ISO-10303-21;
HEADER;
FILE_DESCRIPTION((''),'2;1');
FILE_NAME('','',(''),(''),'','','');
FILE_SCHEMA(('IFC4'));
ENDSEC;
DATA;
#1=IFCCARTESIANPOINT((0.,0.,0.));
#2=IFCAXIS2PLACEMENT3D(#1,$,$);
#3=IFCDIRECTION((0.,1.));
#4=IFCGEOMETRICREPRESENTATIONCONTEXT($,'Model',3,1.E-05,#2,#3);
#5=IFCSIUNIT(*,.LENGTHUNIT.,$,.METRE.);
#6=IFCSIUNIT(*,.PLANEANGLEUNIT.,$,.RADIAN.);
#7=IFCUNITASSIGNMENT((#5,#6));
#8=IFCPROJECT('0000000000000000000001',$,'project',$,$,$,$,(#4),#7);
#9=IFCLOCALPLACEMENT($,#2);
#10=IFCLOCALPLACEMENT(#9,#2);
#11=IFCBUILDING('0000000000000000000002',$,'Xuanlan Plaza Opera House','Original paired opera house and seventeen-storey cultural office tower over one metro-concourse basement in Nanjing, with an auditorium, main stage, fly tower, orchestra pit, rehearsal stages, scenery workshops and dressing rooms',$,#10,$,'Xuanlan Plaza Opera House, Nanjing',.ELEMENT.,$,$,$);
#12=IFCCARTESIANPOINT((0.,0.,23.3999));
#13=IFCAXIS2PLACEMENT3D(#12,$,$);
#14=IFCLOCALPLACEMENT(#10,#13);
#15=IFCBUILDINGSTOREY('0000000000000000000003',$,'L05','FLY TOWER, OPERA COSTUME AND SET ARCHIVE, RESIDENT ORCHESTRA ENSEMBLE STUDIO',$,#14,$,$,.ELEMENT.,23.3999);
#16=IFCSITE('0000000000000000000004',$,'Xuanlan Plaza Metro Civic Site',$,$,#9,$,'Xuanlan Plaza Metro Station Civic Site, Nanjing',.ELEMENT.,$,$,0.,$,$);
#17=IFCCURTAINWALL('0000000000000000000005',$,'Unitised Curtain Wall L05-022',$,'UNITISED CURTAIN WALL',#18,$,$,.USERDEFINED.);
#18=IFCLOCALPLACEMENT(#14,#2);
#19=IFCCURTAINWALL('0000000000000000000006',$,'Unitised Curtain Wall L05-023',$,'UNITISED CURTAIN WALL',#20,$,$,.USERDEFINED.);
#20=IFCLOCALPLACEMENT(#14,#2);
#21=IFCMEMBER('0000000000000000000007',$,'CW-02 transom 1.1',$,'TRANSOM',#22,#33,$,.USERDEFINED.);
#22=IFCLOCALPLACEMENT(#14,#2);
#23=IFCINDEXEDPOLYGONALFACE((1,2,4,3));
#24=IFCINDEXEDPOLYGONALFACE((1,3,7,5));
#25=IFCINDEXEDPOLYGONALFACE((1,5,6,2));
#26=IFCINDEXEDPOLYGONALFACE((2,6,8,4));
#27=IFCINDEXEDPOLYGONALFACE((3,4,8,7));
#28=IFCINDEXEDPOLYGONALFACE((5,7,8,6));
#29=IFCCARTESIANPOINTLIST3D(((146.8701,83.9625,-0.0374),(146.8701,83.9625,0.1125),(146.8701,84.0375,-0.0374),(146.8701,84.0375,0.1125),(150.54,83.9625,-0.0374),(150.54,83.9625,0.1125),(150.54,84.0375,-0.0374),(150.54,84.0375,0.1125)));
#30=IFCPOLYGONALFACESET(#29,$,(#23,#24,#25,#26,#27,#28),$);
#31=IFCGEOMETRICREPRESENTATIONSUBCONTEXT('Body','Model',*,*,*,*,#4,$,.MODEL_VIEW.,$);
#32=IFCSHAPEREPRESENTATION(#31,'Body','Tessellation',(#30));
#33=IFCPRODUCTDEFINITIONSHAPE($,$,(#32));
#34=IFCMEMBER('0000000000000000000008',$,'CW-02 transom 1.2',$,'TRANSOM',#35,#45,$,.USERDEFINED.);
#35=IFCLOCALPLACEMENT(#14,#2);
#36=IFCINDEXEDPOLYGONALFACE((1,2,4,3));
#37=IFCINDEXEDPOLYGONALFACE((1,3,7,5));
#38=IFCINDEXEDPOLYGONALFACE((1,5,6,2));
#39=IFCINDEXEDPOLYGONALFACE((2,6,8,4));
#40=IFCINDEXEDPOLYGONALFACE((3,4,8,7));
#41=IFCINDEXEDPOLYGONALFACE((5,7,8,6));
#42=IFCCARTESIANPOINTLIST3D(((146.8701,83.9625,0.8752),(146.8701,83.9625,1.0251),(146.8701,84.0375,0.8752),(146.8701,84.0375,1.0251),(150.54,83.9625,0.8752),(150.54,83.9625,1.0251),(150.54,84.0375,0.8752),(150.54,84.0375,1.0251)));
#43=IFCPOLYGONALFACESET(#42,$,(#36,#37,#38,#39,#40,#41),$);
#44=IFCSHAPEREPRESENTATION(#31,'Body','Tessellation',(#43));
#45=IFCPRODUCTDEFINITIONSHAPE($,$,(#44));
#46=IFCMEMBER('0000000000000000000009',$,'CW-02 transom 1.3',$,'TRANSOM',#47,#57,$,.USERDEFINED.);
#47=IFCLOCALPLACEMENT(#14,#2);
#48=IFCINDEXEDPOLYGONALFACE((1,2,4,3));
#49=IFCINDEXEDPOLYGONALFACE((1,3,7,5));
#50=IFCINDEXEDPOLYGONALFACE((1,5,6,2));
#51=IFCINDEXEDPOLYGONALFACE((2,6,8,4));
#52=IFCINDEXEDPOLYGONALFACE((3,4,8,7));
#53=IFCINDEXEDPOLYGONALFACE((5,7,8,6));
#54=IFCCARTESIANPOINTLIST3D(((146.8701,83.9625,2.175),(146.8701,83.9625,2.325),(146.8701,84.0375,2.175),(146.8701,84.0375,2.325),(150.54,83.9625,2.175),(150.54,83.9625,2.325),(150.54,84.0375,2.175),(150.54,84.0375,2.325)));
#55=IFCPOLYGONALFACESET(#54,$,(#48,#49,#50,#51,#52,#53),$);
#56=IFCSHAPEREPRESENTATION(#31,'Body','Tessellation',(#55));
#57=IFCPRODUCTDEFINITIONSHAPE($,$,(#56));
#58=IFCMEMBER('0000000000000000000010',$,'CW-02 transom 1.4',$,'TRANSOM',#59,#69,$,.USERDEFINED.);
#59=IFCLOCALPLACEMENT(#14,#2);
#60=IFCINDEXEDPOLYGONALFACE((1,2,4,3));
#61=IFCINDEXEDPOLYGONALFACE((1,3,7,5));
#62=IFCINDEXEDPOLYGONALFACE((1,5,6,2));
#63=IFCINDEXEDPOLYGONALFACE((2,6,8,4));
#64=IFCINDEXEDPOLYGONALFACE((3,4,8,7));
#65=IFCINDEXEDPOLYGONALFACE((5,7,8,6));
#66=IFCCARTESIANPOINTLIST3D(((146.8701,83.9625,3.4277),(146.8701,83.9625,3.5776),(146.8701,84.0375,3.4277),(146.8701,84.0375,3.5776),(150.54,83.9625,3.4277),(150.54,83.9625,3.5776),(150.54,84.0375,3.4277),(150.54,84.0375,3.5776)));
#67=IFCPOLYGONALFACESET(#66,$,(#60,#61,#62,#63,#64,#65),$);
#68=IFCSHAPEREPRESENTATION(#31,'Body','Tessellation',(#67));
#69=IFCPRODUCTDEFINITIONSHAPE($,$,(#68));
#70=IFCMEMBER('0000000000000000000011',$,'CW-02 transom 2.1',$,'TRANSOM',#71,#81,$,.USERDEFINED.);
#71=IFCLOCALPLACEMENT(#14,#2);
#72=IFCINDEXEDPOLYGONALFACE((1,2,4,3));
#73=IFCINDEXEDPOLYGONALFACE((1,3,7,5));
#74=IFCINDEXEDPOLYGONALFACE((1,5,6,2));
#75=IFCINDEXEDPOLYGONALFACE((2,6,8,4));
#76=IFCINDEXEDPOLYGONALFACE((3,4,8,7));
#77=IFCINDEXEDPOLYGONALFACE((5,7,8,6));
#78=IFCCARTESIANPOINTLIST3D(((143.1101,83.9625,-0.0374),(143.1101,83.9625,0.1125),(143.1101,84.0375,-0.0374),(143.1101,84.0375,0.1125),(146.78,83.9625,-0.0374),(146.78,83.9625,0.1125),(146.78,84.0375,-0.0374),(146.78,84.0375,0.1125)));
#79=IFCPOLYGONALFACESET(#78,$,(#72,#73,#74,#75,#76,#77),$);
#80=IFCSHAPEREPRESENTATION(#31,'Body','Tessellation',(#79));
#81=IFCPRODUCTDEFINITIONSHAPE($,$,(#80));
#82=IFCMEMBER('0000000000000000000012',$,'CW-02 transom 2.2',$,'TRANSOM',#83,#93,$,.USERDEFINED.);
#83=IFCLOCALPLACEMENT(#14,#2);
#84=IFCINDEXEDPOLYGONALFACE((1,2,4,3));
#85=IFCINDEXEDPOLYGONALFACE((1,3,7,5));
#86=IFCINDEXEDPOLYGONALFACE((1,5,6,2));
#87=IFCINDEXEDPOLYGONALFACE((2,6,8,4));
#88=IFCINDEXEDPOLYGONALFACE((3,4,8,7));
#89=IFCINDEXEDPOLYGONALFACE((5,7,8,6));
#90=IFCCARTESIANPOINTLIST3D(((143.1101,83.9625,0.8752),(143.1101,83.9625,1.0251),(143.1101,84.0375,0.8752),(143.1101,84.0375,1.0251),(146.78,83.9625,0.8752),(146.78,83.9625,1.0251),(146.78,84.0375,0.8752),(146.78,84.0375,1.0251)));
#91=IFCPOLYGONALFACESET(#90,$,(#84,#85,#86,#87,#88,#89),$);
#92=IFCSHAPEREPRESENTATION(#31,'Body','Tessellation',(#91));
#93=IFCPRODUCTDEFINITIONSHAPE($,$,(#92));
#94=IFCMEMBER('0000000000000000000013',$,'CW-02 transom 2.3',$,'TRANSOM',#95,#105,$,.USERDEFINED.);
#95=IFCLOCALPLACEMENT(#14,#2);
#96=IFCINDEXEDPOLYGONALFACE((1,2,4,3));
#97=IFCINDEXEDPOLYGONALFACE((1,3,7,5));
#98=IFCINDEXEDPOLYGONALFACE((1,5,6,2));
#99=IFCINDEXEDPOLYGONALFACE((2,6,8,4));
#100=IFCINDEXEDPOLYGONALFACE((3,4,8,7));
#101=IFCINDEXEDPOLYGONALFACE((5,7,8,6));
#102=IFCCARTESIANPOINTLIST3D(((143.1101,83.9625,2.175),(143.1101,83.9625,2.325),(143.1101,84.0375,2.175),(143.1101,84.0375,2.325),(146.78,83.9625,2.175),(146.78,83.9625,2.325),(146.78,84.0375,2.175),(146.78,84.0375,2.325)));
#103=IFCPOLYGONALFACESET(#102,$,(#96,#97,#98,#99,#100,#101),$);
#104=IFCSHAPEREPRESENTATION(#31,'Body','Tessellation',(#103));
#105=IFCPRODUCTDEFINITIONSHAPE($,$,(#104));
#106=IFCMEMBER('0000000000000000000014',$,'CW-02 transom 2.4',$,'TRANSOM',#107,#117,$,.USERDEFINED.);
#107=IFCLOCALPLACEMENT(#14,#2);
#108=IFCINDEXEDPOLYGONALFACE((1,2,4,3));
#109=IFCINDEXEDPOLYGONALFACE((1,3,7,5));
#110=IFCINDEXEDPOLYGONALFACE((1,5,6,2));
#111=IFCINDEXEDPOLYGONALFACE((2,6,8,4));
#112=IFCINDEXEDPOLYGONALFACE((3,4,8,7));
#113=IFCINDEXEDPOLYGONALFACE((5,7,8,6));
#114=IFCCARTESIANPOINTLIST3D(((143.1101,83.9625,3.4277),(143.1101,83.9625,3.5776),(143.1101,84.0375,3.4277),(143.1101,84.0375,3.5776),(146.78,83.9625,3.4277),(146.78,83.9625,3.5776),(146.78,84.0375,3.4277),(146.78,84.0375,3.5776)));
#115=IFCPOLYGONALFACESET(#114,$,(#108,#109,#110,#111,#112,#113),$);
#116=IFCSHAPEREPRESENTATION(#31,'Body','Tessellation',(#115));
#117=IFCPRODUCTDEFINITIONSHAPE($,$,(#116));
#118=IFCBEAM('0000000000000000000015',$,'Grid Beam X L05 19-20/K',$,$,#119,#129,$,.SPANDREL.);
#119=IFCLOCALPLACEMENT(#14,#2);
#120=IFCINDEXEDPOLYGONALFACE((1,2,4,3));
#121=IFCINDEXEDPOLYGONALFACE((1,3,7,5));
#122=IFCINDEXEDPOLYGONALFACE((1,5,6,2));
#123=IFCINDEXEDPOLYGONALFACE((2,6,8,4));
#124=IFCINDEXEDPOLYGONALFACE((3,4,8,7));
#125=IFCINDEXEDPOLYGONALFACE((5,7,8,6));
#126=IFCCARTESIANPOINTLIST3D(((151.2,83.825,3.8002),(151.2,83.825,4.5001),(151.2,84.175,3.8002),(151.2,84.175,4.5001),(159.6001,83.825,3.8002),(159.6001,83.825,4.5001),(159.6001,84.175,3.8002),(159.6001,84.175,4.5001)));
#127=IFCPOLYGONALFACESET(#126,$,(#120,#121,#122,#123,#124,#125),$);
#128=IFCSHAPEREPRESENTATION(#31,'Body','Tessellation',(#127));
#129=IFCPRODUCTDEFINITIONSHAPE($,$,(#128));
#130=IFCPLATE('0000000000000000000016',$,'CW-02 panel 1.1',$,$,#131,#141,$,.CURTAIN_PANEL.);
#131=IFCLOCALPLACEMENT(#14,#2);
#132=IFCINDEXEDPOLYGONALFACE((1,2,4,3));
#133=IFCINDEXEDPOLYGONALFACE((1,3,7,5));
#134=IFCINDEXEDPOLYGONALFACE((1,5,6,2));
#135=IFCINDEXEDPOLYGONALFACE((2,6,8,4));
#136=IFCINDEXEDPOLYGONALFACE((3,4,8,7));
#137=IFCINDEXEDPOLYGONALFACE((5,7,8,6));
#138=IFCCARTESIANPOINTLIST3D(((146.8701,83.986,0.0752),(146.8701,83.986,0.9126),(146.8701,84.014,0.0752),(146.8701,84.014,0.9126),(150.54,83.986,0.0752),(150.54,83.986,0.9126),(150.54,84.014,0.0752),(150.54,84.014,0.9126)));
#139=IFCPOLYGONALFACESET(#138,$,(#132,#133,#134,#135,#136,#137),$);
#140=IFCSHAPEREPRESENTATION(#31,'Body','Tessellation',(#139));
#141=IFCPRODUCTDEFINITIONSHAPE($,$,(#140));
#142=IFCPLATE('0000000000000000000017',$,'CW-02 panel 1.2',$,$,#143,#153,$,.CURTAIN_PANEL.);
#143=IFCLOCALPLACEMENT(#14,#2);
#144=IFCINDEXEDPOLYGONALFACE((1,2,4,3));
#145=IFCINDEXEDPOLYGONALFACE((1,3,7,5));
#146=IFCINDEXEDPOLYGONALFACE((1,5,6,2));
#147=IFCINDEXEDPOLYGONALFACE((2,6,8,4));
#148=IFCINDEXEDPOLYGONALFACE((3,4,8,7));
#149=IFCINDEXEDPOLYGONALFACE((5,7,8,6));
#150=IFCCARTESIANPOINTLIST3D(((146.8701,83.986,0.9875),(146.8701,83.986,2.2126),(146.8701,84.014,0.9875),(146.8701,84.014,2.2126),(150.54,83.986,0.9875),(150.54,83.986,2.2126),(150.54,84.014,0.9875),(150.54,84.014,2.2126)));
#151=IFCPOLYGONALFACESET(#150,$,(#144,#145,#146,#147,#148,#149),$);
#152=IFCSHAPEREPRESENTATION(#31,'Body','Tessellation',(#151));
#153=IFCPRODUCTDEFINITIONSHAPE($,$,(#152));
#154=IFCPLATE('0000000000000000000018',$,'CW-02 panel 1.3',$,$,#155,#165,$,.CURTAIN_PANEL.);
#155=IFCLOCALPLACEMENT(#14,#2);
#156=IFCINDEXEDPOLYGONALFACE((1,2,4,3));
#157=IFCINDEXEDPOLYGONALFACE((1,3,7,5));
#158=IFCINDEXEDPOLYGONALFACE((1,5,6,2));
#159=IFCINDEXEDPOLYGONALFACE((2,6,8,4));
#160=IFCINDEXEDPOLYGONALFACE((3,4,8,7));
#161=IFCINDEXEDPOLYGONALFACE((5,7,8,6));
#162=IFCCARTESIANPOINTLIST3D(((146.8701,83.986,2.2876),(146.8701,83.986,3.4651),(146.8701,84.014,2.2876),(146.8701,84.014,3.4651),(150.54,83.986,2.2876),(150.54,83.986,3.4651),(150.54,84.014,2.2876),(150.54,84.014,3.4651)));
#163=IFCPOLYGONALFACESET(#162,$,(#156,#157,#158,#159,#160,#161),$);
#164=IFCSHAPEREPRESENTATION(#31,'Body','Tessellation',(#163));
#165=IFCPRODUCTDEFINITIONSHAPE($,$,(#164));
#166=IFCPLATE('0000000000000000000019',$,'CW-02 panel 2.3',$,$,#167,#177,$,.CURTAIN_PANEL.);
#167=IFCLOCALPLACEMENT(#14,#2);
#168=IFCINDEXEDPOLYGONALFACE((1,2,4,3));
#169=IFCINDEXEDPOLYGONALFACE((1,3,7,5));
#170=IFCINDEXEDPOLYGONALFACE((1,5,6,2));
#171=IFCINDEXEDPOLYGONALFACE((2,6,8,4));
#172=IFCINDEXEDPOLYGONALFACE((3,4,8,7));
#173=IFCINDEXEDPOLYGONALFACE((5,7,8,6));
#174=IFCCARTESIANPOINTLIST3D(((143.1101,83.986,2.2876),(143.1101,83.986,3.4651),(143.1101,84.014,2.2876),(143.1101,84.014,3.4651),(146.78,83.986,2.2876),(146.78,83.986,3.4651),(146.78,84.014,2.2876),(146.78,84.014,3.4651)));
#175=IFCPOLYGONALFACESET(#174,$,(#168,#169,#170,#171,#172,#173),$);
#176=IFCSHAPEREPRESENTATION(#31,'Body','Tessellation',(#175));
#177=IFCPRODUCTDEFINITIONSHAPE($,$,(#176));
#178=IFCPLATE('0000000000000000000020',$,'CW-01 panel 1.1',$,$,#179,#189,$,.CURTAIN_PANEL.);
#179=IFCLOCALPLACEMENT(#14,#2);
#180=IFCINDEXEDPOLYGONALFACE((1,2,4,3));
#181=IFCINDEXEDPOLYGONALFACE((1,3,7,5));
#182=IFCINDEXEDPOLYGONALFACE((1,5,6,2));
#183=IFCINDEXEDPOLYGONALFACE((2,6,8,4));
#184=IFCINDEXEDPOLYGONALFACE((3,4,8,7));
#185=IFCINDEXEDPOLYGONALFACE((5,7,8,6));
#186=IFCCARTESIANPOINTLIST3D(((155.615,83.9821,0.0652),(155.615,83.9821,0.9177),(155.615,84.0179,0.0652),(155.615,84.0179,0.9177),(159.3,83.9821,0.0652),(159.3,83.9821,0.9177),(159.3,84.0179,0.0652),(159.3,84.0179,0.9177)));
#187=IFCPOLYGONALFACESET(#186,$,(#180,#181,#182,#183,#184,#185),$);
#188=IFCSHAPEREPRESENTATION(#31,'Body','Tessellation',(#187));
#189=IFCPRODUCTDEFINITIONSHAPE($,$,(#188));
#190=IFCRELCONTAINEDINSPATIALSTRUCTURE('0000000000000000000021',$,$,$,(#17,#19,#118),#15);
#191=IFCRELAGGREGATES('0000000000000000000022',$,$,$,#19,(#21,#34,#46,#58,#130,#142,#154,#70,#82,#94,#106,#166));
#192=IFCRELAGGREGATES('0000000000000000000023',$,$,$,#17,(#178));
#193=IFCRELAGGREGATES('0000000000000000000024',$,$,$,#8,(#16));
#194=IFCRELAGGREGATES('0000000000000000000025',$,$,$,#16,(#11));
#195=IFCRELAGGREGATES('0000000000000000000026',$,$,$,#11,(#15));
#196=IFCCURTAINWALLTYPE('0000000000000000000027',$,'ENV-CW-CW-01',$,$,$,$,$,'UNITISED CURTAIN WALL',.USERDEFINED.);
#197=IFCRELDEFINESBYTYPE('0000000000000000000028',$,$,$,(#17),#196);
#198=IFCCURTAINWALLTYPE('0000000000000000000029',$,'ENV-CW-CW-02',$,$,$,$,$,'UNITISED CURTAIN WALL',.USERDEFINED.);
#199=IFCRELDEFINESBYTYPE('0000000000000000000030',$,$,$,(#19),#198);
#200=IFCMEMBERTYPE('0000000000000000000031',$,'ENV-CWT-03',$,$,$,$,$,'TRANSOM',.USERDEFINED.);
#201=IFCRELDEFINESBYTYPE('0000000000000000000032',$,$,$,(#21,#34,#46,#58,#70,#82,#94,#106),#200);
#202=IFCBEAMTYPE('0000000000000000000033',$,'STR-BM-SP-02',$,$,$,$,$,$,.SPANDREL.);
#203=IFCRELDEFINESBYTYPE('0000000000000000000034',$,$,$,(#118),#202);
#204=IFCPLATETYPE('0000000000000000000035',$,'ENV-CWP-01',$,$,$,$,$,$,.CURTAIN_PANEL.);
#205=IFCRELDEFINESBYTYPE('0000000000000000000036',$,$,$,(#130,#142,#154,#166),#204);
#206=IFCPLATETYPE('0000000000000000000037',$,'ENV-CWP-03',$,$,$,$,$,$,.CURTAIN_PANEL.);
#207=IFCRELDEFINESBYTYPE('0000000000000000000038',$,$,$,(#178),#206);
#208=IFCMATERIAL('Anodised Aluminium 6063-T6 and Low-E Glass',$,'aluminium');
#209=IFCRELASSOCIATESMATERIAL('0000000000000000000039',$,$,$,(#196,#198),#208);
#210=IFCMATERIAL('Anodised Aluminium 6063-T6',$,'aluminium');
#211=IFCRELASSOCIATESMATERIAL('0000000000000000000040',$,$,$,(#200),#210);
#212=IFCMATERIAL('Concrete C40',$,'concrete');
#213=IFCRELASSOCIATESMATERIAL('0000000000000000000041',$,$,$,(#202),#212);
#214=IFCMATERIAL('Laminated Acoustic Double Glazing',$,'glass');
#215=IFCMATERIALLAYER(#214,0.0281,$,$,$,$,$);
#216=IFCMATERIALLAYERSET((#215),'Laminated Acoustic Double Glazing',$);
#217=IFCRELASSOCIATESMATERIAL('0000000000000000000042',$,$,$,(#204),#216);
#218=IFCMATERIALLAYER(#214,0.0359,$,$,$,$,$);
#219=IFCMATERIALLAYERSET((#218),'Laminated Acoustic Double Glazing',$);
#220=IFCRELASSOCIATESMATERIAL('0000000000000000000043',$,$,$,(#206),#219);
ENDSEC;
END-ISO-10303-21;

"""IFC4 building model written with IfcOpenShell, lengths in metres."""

from ifc_helpers import new_model, si_unit, direction, frame, origin, origin_2d, place, context, subcontext, project, spatial, rectangle, extrude, material, layer, layer_set, material_profile, profile_set, type_object, element, aggregate, save


model = new_model("IFC4")

# Units and contexts
model_context = context("Model", 3, precision=1e-05, world=origin(), true_north=direction((0.0, 1.0)))
body_context = subcontext(model_context, "Body", "Model", "MODEL_VIEW")
ifc_project = project(units=[si_unit("LENGTHUNIT", "METRE"), si_unit("PLANEANGLEUNIT", "RADIAN")], contexts=[model_context])

# Site, building, storey
site_placement = place(None, origin())
site = spatial("IfcSite", under=ifc_project, at=site_placement, Name="Xuanlan Plaza Metro Civic Site", LongName="Xuanlan Plaza Metro Station Civic Site, Nanjing", CompositionType="ELEMENT", RefElevation=0.0)
building_placement = place(site_placement, origin())
building = spatial("IfcBuilding", under=site, at=building_placement, Name="Xuanlan Plaza Opera House", Description="Original paired opera house and seventeen-storey cultural office tower over one metro-concourse basement in Nanjing, with an auditorium, main stage, fly tower, orchestra pit, rehearsal stages, scenery workshops and dressing rooms", LongName="Xuanlan Plaza Opera House, Nanjing", CompositionType="ELEMENT")
storey_placement = place(building_placement, frame((0.0, 0.0, 23.3999)))
storey = spatial("IfcBuildingStorey", under=building, at=storey_placement, Name="L05", Description="FLY TOWER, OPERA COSTUME AND SET ARCHIVE, RESIDENT ORCHESTRA ENSEMBLE STUDIO", CompositionType="ELEMENT", Elevation=23.3999)

# Curtain walls
ifc_material_1 = material(Name="Anodised Aluminium 6063-T6 and Low-E Glass", Category="aluminium")
curtain_wall_type_1 = type_object("IfcCurtainWallType", Name="ENV-CW-CW-01", ElementType="UNITISED CURTAIN WALL", PredefinedType="USERDEFINED", material=ifc_material_1)
curtain_wall_1_placement = place(storey_placement, origin())
curtain_wall_1 = element("IfcCurtainWall", 1, at=curtain_wall_1_placement, inside=storey, type_object=curtain_wall_type_1, Name="Unitised Curtain Wall L05-022", ObjectType="UNITISED CURTAIN WALL", PredefinedType="USERDEFINED")
ifc_material_2 = material(Name="Anodised Aluminium 6063-T6", Category="aluminium")
curtain_wall_type_2 = type_object("IfcCurtainWallType", Name="ENV-CW-CW-02", ElementType="UNITISED CURTAIN WALL", PredefinedType="USERDEFINED", material=ifc_material_1)
curtain_wall_2_placement = place(storey_placement, origin())
curtain_wall_2 = element("IfcCurtainWall", 2, at=curtain_wall_2_placement, inside=storey, type_object=curtain_wall_type_2, Name="Unitised Curtain Wall L05-023", ObjectType="UNITISED CURTAIN WALL", PredefinedType="USERDEFINED")

# Members
ifc_material_profile_1 = material_profile(ifc_material_2, rectangle(XDim=0.075, YDim=0.1499, at=origin_2d()), Name="ALU-T 75x150")
ifc_profile_set_1 = profile_set([ifc_material_profile_1], Name="Anodised Aluminium 6063-T6")
member_type_1 = type_object("IfcMemberType", Name="ENV-CWT-03", ElementType="TRANSOM", PredefinedType="USERDEFINED", material=ifc_profile_set_1)
member_1_placement = place(storey_placement, frame((150.54, 84.0, 0.0376), z_axis=(-1.0, 0.0, 0.0), x_axis=(0.0, -1.0, 0.0)))
member_1 = element("IfcMember", 3, at=member_1_placement, type_object=member_type_1, Name="CW-02 transom 1.1", ObjectType="TRANSOM", PredefinedType="USERDEFINED", context=body_context, shape_type="SweptSolid", body=[
    extrude(rectangle(XDim=0.075, YDim=0.1499, at=origin_2d()), origin(), (0.0, 0.0, 1.0), 3.6699),
])
member_2_placement = place(storey_placement, frame((150.54, 84.0, 0.9502), z_axis=(-1.0, 0.0, 0.0), x_axis=(0.0, -1.0, 0.0)))
member_2 = element("IfcMember", 4, at=member_2_placement, type_object=member_type_1, Name="CW-02 transom 1.2", ObjectType="TRANSOM", PredefinedType="USERDEFINED", context=body_context, shape_type="SweptSolid", body=[
    extrude(rectangle(XDim=0.075, YDim=0.1499, at=origin_2d()), origin(), (0.0, 0.0, 1.0), 3.6699),
])
member_3_placement = place(storey_placement, frame((150.54, 84.0, 2.25), z_axis=(-1.0, 0.0, 0.0), x_axis=(0.0, -1.0, 0.0)))
member_3 = element("IfcMember", 5, at=member_3_placement, type_object=member_type_1, Name="CW-02 transom 1.3", ObjectType="TRANSOM", PredefinedType="USERDEFINED", context=body_context, shape_type="SweptSolid", body=[
    extrude(rectangle(XDim=0.075, YDim=0.1499, at=origin_2d()), origin(), (0.0, 0.0, 1.0), 3.6699),
])
member_4_placement = place(storey_placement, frame((150.54, 84.0, 3.5027), z_axis=(-1.0, 0.0, 0.0), x_axis=(0.0, -1.0, 0.0)))
member_4 = element("IfcMember", 6, at=member_4_placement, type_object=member_type_1, Name="CW-02 transom 1.4", ObjectType="TRANSOM", PredefinedType="USERDEFINED", context=body_context, shape_type="SweptSolid", body=[
    extrude(rectangle(XDim=0.075, YDim=0.1499, at=origin_2d()), origin(), (0.0, 0.0, 1.0), 3.6699),
])
member_5_placement = place(storey_placement, frame((146.78, 84.0, 0.0376), z_axis=(-1.0, 0.0, 0.0), x_axis=(0.0, -1.0, 0.0)))
member_5 = element("IfcMember", 7, at=member_5_placement, type_object=member_type_1, Name="CW-02 transom 2.1", ObjectType="TRANSOM", PredefinedType="USERDEFINED", context=body_context, shape_type="SweptSolid", body=[
    extrude(rectangle(XDim=0.075, YDim=0.1499, at=origin_2d()), origin(), (0.0, 0.0, 1.0), 3.6699),
])
member_6_placement = place(storey_placement, frame((146.78, 84.0, 0.9502), z_axis=(-1.0, 0.0, 0.0), x_axis=(0.0, -1.0, 0.0)))
member_6 = element("IfcMember", 8, at=member_6_placement, type_object=member_type_1, Name="CW-02 transom 2.2", ObjectType="TRANSOM", PredefinedType="USERDEFINED", context=body_context, shape_type="SweptSolid", body=[
    extrude(rectangle(XDim=0.075, YDim=0.1499, at=origin_2d()), origin(), (0.0, 0.0, 1.0), 3.6699),
])
member_7_placement = place(storey_placement, frame((146.78, 84.0, 2.25), z_axis=(-1.0, 0.0, 0.0), x_axis=(0.0, -1.0, 0.0)))
member_7 = element("IfcMember", 9, at=member_7_placement, type_object=member_type_1, Name="CW-02 transom 2.3", ObjectType="TRANSOM", PredefinedType="USERDEFINED", context=body_context, shape_type="SweptSolid", body=[
    extrude(rectangle(XDim=0.075, YDim=0.1499, at=origin_2d()), origin(), (0.0, 0.0, 1.0), 3.6699),
])
member_8_placement = place(storey_placement, frame((146.78, 84.0, 3.5027), z_axis=(-1.0, 0.0, 0.0), x_axis=(0.0, -1.0, 0.0)))
member_8 = element("IfcMember", 10, at=member_8_placement, type_object=member_type_1, Name="CW-02 transom 2.4", ObjectType="TRANSOM", PredefinedType="USERDEFINED", context=body_context, shape_type="SweptSolid", body=[
    extrude(rectangle(XDim=0.075, YDim=0.1499, at=origin_2d()), origin(), (0.0, 0.0, 1.0), 3.6699),
])

# Beam
ifc_material_3 = material(Name="Concrete C40", Category="concrete")
ifc_material_profile_2 = material_profile(ifc_material_3, rectangle(XDim=0.3501, YDim=0.7, at=origin_2d()), Name="RC-SPD 350x700")
ifc_profile_set_2 = profile_set([ifc_material_profile_2], Name="Concrete C40")
beam_type = type_object("IfcBeamType", Name="STR-BM-SP-02", PredefinedType="SPANDREL", material=ifc_profile_set_2)
beam_placement = place(storey_placement, frame((151.2, 84.0, 4.1501), z_axis=(1.0, 0.0, 0.0), x_axis=(0.0, 1.0, 0.0)))
element("IfcBeam", 11, at=beam_placement, inside=storey, type_object=beam_type, Name="Grid Beam X L05 19-20/K", PredefinedType="SPANDREL", context=body_context, shape_type="SweptSolid", body=[
    extrude(rectangle(XDim=0.3501, YDim=0.7, at=origin_2d()), origin(), (0.0, 0.0, 1.0), 8.4001),
])

# Plates
ifc_material_4 = material(Name="Laminated Acoustic Double Glazing", Category="glass")
ifc_layer_1 = layer(ifc_material_4, 0.0281)
ifc_layer_set_1 = layer_set([ifc_layer_1], Name="Laminated Acoustic Double Glazing")
plate_type_1 = type_object("IfcPlateType", Name="ENV-CWP-01", PredefinedType="CURTAIN_PANEL", material=ifc_layer_set_1)
plate_1_placement = place(storey_placement, frame((148.7051, 84.0, 0.0752), z_axis=(0.0, 0.0, 1.0), x_axis=(-1.0, 0.0, 0.0)))
plate_1 = element("IfcPlate", 12, at=plate_1_placement, type_object=plate_type_1, Name="CW-02 panel 1.1", PredefinedType="CURTAIN_PANEL", context=body_context, shape_type="SweptSolid", body=[
    extrude(rectangle(XDim=3.6699, YDim=0.0281, at=origin_2d()), origin(), (0.0, 0.0, 1.0), 0.8374),
])
plate_2_placement = place(storey_placement, frame((148.7051, 84.0, 0.9875), z_axis=(0.0, 0.0, 1.0), x_axis=(-1.0, 0.0, 0.0)))
plate_2 = element("IfcPlate", 13, at=plate_2_placement, type_object=plate_type_1, Name="CW-02 panel 1.2", PredefinedType="CURTAIN_PANEL", context=body_context, shape_type="SweptSolid", body=[
    extrude(rectangle(XDim=3.6699, YDim=0.0281, at=origin_2d()), origin(), (0.0, 0.0, 1.0), 1.2251),
])
plate_3_placement = place(storey_placement, frame((148.7051, 84.0, 2.2876), z_axis=(0.0, 0.0, 1.0), x_axis=(-1.0, 0.0, 0.0)))
plate_3 = element("IfcPlate", 14, at=plate_3_placement, type_object=plate_type_1, Name="CW-02 panel 1.3", PredefinedType="CURTAIN_PANEL", context=body_context, shape_type="SweptSolid", body=[
    extrude(rectangle(XDim=3.6699, YDim=0.0281, at=origin_2d()), origin(), (0.0, 0.0, 1.0), 1.1775),
])
plate_4_placement = place(storey_placement, frame((144.9451, 84.0, 2.2876), z_axis=(0.0, 0.0, 1.0), x_axis=(-1.0, 0.0, 0.0)))
plate_4 = element("IfcPlate", 15, at=plate_4_placement, type_object=plate_type_1, Name="CW-02 panel 2.3", PredefinedType="CURTAIN_PANEL", context=body_context, shape_type="SweptSolid", body=[
    extrude(rectangle(XDim=3.6699, YDim=0.0281, at=origin_2d()), origin(), (0.0, 0.0, 1.0), 1.1775),
])
aggregate(curtain_wall_2, [member_1, member_2, member_3, member_4, plate_1, plate_2, plate_3, member_5, member_6, member_7, member_8, plate_4])
ifc_layer_2 = layer(ifc_material_4, 0.0359)
ifc_layer_set_2 = layer_set([ifc_layer_2], Name="Laminated Acoustic Double Glazing")
plate_type_2 = type_object("IfcPlateType", Name="ENV-CWP-03", PredefinedType="CURTAIN_PANEL", material=ifc_layer_set_2)
plate_5_placement = place(storey_placement, frame((157.4575, 84.0, 0.0652), z_axis=(0.0, 0.0, 1.0), x_axis=(-1.0, 0.0, 0.0)))
plate_5 = element("IfcPlate", 16, at=plate_5_placement, type_object=plate_type_2, Name="CW-01 panel 1.1", PredefinedType="CURTAIN_PANEL", context=body_context, shape_type="SweptSolid", body=[
    extrude(rectangle(XDim=3.6851, YDim=0.0359, at=origin_2d()), origin(), (0.0, 0.0, 1.0), 0.8525),
])
aggregate(curtain_wall_1, [plate_5])

save(model, "model.ifc")
